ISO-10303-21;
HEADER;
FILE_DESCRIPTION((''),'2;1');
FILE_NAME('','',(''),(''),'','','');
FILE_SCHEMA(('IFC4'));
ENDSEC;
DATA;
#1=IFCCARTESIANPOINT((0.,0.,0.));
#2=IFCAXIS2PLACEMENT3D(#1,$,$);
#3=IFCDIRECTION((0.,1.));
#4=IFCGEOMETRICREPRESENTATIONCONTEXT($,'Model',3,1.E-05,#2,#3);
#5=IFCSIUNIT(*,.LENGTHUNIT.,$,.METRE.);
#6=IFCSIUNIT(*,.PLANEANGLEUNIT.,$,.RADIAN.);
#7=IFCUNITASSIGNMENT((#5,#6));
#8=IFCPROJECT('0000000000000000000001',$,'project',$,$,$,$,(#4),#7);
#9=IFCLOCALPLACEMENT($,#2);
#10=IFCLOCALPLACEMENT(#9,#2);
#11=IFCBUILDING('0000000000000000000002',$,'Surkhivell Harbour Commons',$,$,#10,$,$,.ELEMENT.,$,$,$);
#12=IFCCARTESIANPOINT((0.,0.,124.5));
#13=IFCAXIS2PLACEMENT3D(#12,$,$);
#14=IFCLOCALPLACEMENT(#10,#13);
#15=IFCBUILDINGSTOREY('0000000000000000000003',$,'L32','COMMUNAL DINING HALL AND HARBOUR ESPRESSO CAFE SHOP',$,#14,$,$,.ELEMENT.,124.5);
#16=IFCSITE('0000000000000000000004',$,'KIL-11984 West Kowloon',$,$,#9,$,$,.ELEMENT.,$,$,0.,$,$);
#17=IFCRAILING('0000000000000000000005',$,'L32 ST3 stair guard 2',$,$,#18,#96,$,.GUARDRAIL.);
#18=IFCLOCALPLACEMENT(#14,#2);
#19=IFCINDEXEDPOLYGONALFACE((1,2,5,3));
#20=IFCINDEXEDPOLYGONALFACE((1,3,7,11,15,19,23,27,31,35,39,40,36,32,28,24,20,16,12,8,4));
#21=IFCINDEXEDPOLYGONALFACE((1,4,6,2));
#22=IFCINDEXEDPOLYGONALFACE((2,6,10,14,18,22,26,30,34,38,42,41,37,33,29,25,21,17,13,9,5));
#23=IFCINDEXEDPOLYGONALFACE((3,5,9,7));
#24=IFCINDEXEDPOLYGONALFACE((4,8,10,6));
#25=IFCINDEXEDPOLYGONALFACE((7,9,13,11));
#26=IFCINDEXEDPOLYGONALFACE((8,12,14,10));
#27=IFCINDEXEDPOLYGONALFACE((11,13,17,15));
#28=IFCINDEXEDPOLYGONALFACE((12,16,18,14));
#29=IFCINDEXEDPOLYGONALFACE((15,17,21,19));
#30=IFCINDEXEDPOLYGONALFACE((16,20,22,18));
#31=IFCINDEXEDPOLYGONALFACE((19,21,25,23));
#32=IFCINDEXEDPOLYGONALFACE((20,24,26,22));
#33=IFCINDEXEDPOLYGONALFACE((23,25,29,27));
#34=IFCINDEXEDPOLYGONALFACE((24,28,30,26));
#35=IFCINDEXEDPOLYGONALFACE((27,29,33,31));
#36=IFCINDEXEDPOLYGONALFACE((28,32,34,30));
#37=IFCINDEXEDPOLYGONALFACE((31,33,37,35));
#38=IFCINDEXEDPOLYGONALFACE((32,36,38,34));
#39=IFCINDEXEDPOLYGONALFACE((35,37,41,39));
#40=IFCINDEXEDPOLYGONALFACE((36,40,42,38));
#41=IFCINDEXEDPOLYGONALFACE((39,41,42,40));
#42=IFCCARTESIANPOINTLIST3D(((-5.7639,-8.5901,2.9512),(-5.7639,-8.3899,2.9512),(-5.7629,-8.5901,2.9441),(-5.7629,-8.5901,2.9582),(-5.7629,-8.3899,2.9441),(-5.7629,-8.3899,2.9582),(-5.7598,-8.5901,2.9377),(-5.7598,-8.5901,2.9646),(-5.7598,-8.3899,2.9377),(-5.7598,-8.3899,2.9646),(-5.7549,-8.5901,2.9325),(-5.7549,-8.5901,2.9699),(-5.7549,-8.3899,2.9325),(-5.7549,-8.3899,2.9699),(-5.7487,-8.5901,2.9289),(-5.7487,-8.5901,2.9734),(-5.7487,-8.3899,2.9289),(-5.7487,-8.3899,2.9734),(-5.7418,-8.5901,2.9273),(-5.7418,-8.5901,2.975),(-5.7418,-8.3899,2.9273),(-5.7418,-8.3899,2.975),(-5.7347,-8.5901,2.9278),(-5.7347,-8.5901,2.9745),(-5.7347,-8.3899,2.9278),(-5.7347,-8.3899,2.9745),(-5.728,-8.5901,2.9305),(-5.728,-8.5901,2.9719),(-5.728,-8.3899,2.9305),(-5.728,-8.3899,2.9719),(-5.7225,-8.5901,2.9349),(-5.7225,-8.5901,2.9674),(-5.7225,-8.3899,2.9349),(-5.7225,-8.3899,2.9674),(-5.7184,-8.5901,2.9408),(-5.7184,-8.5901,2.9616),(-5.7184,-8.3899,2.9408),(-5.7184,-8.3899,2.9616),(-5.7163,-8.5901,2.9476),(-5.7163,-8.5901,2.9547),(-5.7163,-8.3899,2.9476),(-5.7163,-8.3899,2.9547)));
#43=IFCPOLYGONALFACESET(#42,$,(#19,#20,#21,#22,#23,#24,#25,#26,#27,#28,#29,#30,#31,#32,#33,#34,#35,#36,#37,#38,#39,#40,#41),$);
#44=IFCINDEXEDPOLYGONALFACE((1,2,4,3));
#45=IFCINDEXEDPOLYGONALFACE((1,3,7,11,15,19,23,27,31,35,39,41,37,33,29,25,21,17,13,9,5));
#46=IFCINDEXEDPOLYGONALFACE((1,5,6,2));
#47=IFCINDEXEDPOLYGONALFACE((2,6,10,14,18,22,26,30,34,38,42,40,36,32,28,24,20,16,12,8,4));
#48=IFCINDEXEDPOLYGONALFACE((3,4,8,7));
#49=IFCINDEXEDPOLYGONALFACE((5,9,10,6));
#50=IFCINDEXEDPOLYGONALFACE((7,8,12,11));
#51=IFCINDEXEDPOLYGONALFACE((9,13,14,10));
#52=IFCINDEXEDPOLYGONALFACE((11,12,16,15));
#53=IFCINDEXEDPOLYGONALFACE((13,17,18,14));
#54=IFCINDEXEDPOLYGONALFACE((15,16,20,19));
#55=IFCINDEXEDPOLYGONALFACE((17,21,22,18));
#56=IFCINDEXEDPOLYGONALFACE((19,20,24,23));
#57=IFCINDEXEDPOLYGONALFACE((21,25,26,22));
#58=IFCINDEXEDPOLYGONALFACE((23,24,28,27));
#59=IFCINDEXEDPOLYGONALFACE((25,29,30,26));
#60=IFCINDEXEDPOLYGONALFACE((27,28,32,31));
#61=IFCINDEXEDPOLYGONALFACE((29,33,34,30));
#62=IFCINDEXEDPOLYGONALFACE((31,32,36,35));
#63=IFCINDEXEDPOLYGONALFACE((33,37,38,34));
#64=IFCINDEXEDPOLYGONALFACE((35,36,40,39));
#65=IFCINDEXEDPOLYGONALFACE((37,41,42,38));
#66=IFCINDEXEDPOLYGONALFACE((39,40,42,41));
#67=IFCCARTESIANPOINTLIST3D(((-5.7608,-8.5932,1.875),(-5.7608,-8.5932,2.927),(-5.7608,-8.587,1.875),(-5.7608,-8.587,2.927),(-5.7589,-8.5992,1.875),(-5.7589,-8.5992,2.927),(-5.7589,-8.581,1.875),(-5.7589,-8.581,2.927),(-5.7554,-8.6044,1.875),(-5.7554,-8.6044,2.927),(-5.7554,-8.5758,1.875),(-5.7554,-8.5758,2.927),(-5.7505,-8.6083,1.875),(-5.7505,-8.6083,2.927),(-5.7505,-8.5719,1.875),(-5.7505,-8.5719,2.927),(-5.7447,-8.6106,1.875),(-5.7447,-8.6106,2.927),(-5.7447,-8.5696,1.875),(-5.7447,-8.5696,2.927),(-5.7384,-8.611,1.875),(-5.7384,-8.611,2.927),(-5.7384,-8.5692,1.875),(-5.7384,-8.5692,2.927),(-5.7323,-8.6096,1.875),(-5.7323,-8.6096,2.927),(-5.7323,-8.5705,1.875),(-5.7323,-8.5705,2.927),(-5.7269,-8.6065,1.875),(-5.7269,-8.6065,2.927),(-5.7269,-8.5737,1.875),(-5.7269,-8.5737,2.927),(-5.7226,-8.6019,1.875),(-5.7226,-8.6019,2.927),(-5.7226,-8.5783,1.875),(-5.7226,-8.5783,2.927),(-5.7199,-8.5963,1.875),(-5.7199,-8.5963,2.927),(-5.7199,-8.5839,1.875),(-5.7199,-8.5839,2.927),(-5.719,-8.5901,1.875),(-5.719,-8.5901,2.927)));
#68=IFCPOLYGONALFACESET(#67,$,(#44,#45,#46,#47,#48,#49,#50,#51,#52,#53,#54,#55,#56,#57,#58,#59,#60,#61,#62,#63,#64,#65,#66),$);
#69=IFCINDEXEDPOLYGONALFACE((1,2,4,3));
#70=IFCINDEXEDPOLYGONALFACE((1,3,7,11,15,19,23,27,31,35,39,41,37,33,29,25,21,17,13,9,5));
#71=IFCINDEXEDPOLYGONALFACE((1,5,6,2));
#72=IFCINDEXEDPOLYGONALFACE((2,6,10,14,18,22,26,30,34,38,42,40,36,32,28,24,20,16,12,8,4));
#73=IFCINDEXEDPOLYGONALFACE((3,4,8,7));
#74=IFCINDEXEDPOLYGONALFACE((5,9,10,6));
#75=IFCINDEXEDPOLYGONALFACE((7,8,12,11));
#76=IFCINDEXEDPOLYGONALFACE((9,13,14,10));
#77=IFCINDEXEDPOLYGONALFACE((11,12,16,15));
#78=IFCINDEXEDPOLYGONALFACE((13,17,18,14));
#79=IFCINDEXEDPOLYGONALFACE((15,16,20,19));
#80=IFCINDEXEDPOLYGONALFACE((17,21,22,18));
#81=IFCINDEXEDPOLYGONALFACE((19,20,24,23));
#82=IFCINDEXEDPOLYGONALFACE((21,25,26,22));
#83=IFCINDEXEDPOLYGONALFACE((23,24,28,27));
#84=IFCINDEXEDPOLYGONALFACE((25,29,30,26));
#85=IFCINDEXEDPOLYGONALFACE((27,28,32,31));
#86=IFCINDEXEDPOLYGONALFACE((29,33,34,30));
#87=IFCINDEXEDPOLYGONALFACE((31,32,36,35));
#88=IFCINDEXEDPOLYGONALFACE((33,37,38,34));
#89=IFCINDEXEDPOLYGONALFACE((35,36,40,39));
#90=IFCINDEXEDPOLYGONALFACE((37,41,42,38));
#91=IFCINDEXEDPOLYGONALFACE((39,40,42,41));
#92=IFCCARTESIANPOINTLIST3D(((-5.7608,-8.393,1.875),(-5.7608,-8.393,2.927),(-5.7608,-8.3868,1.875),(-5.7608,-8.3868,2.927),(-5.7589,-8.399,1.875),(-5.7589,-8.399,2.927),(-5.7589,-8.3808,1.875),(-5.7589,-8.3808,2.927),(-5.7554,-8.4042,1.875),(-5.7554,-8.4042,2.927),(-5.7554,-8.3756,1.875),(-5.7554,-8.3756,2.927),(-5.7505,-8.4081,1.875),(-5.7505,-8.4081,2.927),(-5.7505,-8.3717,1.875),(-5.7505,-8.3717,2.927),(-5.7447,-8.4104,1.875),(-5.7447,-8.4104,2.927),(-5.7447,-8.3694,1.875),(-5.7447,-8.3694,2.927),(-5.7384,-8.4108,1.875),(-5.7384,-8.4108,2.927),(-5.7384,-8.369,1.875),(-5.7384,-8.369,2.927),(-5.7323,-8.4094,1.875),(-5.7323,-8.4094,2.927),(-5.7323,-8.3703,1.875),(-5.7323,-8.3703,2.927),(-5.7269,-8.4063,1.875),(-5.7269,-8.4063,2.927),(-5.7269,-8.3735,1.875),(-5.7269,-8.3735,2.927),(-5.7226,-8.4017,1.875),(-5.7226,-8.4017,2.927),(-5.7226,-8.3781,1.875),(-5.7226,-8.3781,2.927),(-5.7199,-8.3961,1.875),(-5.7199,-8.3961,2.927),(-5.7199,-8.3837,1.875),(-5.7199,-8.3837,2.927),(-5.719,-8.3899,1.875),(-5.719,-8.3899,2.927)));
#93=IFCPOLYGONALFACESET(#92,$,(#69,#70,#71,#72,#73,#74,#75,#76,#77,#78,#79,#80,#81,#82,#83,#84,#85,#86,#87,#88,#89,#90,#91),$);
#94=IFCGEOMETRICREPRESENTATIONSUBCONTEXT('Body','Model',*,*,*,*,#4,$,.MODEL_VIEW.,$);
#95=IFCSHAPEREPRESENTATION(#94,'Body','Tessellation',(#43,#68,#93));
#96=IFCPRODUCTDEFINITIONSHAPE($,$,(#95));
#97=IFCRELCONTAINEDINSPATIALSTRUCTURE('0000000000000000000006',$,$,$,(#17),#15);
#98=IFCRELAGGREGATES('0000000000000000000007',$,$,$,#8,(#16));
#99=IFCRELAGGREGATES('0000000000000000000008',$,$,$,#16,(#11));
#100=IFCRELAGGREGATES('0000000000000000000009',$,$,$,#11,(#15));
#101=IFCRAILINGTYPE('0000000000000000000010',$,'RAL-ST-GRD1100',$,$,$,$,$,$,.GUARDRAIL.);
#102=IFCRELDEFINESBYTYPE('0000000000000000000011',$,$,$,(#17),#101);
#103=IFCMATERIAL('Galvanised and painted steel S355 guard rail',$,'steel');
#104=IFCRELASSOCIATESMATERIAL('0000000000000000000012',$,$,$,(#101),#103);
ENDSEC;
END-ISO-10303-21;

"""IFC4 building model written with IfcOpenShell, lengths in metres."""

from ifc_helpers import new_model, si_unit, direction, frame, origin, origin_2d, place, context, subcontext, project, spatial, circle, extrude, material, type_object, element, save


model = new_model("IFC4")

# Units and contexts
model_context = context("Model", 3, precision=1e-05, world=origin(), true_north=direction((0.0, 1.0)))
body_context = subcontext(model_context, "Body", "Model", "MODEL_VIEW")
ifc_project = project(units=[si_unit("LENGTHUNIT", "METRE"), si_unit("PLANEANGLEUNIT", "RADIAN")], contexts=[model_context])

# Site, building, storey
site_placement = place(None, origin())
site = spatial("IfcSite", under=ifc_project, at=site_placement, Name="KIL-11984 West Kowloon", CompositionType="ELEMENT", RefElevation=0.0)
building_placement = place(site_placement, origin())
building = spatial("IfcBuilding", under=site, at=building_placement, Name="Surkhivell Harbour Commons", CompositionType="ELEMENT")
storey_placement = place(building_placement, frame((0.0, 0.0, 124.5)))
storey = spatial("IfcBuildingStorey", under=building, at=storey_placement, Name="L32", Description="COMMUNAL DINING HALL AND HARBOUR ESPRESSO CAFE SHOP", CompositionType="ELEMENT", Elevation=124.5)

# Railing
ifc_material_1 = material(Name="Galvanised and painted steel S355 guard rail", Category="steel")
railing_type_1 = type_object("IfcRailingType", Name="RAL-ST-GRD1100", PredefinedType="GUARDRAIL", material=ifc_material_1)
railing_1_placement = place(storey_placement, frame((-5.74, -8.5901, 1.875)))
element("IfcRailing", 1, at=railing_1_placement, inside=storey, type_object=railing_type_1, Name="L32 ST3 stair guard 2", PredefinedType="GUARDRAIL", context=body_context, shape_type="SweptSolid", body=[
    extrude(circle(Radius=0.0239, at=origin_2d()), frame((0.0, 0.0, 1.0762), z_axis=(0.0, 1.0, 0.0), x_axis=(-1.0, 0.0, 0.0)), (0.0, 0.0, 1.0), 0.2002),
    extrude(circle(Radius=0.021, at=origin_2d()), origin(), (0.0, 0.0, 1.0), 1.052),
    extrude(circle(Radius=0.021, at=origin_2d()), frame((0.0, 0.2002, 0.0)), (0.0, 0.0, 1.0), 1.052),
])

save(model, "model.ifc")
